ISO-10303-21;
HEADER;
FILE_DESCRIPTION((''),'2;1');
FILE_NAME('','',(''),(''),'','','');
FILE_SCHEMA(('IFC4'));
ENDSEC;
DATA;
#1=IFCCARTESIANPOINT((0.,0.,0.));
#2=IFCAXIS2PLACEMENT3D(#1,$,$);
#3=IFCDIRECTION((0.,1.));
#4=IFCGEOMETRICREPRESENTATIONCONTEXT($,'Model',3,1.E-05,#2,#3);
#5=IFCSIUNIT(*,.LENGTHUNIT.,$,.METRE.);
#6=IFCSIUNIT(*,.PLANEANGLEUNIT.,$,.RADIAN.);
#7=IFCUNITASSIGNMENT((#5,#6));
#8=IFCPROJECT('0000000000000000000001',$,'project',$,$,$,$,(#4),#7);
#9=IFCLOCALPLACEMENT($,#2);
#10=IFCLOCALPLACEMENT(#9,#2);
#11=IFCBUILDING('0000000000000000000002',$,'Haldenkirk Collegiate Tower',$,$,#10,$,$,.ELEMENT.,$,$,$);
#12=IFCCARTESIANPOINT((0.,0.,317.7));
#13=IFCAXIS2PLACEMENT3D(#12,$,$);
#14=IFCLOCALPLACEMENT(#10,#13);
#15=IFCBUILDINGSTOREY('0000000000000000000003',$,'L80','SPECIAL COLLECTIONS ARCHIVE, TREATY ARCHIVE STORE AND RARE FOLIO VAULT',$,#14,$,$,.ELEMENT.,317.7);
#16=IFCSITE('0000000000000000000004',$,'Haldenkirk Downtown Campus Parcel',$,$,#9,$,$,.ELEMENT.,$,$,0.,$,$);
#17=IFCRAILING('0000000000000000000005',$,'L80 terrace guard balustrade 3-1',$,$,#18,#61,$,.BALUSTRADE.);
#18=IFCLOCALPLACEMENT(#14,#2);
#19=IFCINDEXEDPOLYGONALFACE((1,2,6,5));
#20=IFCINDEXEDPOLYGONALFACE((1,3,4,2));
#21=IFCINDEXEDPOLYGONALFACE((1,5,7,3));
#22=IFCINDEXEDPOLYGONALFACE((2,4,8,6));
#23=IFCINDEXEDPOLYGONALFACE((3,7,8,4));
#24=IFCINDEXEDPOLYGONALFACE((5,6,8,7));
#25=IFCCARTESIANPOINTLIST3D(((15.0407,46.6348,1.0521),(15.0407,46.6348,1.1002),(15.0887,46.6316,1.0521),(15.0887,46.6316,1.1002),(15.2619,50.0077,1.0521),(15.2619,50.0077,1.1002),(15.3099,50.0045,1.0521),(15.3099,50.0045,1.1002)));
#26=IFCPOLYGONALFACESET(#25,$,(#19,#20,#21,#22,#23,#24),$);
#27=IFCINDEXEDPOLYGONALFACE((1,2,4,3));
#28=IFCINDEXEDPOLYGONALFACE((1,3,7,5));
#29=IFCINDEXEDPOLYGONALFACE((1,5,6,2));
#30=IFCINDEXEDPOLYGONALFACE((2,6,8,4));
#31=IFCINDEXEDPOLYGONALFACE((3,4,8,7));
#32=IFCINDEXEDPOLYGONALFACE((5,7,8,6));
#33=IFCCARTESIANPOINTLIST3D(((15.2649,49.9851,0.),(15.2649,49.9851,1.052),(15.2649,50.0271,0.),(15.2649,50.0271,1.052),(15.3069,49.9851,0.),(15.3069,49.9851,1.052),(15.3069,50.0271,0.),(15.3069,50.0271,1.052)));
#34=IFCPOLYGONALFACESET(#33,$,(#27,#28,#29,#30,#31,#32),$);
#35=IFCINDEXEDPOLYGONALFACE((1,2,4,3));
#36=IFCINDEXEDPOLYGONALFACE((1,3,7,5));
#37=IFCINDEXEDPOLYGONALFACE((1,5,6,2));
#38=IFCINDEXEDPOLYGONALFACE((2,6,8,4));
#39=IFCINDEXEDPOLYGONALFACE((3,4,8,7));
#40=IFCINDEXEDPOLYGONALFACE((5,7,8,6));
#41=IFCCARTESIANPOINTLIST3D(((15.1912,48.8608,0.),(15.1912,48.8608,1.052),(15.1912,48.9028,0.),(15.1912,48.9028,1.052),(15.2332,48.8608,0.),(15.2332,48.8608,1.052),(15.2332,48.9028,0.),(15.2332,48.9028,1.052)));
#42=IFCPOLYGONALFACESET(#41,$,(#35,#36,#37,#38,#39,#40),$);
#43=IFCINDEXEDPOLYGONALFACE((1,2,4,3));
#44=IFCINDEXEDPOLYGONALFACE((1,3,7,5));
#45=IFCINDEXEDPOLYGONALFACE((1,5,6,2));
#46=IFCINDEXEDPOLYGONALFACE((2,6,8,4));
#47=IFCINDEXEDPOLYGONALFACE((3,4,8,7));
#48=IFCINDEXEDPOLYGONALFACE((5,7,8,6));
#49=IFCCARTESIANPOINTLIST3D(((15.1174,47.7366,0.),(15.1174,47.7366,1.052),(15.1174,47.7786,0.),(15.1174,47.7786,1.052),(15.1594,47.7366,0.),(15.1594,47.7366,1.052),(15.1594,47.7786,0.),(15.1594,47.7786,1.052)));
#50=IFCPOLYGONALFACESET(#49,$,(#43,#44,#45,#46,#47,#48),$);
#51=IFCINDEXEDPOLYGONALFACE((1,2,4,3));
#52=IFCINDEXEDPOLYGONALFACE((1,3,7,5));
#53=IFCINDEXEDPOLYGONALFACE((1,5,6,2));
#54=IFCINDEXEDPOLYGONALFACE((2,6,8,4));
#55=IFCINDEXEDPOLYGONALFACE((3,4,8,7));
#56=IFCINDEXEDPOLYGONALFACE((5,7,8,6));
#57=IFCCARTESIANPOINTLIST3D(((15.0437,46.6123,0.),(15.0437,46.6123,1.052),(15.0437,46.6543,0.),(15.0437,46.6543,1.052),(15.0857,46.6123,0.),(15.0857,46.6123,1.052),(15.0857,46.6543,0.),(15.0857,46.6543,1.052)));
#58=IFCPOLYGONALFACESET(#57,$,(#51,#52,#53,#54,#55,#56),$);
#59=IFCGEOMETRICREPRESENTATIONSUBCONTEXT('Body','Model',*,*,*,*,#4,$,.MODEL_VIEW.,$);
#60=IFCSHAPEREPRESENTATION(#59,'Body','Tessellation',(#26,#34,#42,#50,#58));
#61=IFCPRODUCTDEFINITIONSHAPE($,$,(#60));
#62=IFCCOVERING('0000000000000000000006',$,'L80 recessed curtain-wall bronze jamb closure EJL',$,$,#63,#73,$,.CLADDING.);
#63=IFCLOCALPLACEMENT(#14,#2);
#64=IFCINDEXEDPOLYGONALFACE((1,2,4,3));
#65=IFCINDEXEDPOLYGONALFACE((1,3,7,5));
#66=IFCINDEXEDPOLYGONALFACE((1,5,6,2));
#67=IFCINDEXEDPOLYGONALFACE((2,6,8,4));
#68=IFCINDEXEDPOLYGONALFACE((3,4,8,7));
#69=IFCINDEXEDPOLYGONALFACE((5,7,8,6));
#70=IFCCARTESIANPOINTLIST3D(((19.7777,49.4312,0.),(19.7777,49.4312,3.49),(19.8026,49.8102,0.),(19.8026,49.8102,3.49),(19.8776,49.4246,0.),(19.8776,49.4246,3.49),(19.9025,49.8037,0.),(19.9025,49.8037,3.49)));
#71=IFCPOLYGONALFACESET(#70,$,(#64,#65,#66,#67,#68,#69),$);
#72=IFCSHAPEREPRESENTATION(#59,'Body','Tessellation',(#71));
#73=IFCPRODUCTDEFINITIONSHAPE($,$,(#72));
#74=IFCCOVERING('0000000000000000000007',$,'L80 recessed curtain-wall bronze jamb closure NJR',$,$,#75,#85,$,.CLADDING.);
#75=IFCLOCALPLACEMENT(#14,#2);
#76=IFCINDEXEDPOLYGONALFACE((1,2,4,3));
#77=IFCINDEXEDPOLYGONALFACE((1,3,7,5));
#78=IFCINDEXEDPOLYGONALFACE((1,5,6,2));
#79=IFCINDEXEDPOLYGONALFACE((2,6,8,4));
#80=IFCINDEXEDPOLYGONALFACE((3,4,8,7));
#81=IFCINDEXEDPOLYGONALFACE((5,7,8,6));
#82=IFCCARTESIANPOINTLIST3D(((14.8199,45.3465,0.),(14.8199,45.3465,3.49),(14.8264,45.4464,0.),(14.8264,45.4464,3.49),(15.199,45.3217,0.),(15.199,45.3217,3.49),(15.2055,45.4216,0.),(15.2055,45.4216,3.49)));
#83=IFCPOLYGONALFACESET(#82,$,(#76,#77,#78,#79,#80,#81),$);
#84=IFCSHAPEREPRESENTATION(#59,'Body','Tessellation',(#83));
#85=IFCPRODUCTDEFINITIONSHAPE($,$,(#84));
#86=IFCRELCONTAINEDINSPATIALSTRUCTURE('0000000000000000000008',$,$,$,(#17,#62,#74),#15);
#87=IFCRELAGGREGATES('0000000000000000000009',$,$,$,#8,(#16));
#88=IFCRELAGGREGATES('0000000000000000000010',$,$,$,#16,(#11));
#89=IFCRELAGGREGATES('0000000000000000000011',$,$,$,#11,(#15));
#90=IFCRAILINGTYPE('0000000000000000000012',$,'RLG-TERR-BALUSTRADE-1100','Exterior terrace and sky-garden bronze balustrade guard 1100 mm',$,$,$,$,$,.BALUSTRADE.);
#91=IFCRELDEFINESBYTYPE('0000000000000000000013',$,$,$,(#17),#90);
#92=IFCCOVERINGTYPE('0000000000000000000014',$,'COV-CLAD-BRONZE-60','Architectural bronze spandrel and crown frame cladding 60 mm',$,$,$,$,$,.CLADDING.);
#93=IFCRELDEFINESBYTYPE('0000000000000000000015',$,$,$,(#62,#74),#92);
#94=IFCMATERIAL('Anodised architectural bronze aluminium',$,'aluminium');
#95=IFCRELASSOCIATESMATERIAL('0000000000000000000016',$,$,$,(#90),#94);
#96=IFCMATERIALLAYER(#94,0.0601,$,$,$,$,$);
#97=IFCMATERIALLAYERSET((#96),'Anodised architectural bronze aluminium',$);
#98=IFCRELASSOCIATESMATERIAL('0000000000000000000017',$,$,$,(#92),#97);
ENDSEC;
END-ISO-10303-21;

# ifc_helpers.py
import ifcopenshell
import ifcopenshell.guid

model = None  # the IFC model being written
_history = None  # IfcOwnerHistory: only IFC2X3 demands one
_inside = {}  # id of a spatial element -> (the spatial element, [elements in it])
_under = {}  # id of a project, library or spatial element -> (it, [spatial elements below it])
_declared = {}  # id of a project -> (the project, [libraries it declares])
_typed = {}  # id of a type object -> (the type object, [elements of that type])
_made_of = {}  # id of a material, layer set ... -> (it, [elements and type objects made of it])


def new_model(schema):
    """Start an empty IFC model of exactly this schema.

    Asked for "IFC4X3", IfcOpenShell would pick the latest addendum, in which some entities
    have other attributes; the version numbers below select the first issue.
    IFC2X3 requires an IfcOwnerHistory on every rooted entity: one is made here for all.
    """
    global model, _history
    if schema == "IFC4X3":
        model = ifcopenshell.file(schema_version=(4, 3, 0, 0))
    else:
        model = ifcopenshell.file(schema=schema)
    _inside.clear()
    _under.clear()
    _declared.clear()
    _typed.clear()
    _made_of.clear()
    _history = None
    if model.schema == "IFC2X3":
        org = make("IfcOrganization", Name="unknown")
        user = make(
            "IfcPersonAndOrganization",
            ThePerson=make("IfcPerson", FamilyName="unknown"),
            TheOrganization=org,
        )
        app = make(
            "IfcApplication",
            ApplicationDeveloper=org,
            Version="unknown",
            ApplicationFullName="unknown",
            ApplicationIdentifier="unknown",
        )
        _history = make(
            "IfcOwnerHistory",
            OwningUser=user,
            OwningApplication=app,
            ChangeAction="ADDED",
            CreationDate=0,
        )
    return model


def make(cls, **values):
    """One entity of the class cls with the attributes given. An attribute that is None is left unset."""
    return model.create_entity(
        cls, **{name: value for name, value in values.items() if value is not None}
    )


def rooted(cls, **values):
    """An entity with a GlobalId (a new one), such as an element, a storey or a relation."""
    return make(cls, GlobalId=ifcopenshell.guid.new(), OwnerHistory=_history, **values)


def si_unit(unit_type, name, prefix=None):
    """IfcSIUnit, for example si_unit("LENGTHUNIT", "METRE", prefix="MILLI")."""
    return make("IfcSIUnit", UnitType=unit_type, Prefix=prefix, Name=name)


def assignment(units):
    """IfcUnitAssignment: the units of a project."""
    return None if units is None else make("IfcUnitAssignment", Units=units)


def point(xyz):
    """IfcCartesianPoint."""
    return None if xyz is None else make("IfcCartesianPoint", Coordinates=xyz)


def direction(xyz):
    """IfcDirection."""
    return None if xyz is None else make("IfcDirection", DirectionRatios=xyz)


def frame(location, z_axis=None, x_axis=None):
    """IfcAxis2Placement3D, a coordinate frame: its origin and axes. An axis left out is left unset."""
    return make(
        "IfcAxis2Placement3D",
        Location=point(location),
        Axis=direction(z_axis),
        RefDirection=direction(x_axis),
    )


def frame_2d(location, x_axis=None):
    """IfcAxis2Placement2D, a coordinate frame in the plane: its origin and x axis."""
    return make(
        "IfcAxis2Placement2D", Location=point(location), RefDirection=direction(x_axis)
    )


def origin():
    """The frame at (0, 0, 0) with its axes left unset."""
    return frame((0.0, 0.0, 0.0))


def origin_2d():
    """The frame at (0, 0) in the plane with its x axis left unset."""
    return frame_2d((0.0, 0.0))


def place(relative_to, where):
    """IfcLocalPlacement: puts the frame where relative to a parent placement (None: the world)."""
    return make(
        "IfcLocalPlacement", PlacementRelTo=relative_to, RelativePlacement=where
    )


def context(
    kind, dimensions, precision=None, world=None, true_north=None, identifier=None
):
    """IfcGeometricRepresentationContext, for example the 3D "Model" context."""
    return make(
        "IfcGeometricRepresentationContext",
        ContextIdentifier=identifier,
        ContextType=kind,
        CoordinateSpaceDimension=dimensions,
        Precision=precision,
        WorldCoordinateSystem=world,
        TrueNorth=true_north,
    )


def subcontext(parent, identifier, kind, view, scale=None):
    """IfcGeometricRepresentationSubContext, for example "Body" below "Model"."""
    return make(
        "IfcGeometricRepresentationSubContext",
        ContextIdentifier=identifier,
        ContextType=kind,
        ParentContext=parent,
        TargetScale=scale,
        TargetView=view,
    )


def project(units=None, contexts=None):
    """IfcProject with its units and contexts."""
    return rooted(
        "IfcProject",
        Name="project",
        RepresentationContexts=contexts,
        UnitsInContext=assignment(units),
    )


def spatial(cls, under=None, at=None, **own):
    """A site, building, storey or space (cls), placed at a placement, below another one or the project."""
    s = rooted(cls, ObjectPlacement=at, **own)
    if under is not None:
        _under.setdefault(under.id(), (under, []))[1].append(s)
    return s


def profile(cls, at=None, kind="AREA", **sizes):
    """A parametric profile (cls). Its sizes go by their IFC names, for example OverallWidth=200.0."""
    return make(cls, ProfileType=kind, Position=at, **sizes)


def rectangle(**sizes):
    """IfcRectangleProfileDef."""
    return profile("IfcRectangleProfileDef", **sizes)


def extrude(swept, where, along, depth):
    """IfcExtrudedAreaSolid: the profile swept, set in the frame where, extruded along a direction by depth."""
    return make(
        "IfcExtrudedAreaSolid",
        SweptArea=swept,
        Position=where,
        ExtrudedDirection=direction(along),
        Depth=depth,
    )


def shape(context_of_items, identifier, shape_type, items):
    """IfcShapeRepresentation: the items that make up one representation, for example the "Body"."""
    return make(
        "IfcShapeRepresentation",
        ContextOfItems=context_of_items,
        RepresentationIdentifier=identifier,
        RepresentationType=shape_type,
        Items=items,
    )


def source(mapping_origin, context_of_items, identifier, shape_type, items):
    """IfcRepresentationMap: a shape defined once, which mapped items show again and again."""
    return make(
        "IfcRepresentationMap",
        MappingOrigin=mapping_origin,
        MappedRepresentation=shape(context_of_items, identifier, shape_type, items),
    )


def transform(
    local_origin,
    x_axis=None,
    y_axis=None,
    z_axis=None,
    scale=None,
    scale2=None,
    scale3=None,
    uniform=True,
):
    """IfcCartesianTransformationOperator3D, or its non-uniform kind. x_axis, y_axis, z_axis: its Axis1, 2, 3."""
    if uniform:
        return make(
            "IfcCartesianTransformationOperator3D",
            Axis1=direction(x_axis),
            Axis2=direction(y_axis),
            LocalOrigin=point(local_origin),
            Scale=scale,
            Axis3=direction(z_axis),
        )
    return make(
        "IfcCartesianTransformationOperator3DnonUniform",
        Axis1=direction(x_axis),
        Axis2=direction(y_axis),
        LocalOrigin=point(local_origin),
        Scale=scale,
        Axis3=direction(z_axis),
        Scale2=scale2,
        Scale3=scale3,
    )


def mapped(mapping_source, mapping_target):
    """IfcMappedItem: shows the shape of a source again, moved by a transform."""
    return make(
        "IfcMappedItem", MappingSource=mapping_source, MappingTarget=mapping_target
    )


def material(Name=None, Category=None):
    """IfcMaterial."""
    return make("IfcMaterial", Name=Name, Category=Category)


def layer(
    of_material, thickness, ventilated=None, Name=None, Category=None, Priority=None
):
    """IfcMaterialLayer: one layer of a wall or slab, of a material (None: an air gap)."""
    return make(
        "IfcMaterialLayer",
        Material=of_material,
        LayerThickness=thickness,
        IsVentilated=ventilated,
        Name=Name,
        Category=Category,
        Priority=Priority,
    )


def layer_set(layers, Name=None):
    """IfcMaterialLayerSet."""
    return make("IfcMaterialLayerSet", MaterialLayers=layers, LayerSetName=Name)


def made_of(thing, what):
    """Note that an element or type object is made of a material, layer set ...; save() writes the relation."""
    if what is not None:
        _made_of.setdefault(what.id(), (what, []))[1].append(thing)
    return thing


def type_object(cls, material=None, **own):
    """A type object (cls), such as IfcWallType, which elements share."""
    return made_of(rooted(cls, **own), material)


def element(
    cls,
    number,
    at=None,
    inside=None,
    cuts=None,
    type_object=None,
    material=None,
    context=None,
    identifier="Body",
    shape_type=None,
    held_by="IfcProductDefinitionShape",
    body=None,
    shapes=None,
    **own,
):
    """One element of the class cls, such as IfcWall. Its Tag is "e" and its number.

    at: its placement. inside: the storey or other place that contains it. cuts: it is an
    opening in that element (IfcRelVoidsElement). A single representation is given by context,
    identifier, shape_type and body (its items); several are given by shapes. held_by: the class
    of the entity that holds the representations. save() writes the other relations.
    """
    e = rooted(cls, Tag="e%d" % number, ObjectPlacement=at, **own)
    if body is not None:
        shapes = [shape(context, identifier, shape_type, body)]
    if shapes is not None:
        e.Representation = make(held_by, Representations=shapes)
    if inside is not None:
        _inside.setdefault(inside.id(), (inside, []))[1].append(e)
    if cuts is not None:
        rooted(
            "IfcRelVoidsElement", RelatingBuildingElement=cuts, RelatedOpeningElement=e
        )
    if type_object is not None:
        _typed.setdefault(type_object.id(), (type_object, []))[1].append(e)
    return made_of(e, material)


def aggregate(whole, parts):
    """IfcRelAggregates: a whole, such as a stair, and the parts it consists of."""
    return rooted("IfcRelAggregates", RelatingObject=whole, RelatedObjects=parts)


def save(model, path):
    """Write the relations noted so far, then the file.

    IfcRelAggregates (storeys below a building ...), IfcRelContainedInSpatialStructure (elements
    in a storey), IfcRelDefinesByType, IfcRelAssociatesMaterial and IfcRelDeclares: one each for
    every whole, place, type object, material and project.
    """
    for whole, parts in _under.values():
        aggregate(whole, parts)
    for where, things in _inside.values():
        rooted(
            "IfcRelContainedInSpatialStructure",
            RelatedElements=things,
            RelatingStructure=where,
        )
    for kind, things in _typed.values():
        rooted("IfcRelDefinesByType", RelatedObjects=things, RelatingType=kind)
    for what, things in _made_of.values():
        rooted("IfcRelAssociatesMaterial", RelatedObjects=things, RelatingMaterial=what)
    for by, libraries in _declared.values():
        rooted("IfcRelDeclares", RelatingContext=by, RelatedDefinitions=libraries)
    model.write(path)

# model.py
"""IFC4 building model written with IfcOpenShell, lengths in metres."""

from ifc_helpers import new_model, si_unit, direction, frame, origin, origin_2d, place, context, subcontext, project, spatial, rectangle, extrude, source, transform, mapped, material, layer, layer_set, type_object, element, save


model = new_model("IFC4")

# Units and contexts
model_context = context("Model", 3, precision=1e-05, world=origin(), true_north=direction((0.0, 1.0)))
body_context = subcontext(model_context, "Body", "Model", "MODEL_VIEW")
ifc_project = project(units=[si_unit("LENGTHUNIT", "METRE"), si_unit("PLANEANGLEUNIT", "RADIAN")], contexts=[model_context])

# Site, building, storey
site_placement = place(None, origin())
site = spatial("IfcSite", under=ifc_project, at=site_placement, Name="Haldenkirk Downtown Campus Parcel", CompositionType="ELEMENT", RefElevation=0.0)
building_placement = place(site_placement, origin())
building = spatial("IfcBuilding", under=site, at=building_placement, Name="Haldenkirk Collegiate Tower", CompositionType="ELEMENT")
storey_placement = place(building_placement, frame((0.0, 0.0, 317.7)))
storey = spatial("IfcBuildingStorey", under=building, at=storey_placement, Name="L80", Description="SPECIAL COLLECTIONS ARCHIVE, TREATY ARCHIVE STORE AND RARE FOLIO VAULT", CompositionType="ELEMENT", Elevation=317.7)

# Shared definitions
ifc_material_1 = material(Name="Anodised architectural bronze aluminium", Category="aluminium")

# Railing
railing_type = type_object("IfcRailingType", Name="RLG-TERR-BALUSTRADE-1100", Description="Exterior terrace and sky-garden bronze balustrade guard 1100 mm", PredefinedType="BALUSTRADE", material=ifc_material_1)
railing_1_placement = place(storey_placement, frame((15.2859, 50.0061, 0.0)))
element("IfcRailing", 1, at=railing_1_placement, inside=storey, type_object=railing_type, Name="L80 terrace guard balustrade 3-1", PredefinedType="BALUSTRADE", context=body_context, shape_type="SweptSolid", body=[
    extrude(rectangle(XDim=0.0481, YDim=0.0481, at=origin_2d()), frame((0.0, 0.0, 1.0762), z_axis=(-0.06544, -0.997856, 0.0), x_axis=(0.997856, -0.06544, 0.0)), (0.0, 0.0, 1.0), 3.3801),
    extrude(rectangle(XDim=0.042, YDim=0.042, at=origin_2d()), origin(), (0.0, 0.0, 1.0), 1.052),
    extrude(rectangle(XDim=0.042, YDim=0.042, at=origin_2d()), frame((-0.0737, -1.1243, 0.0)), (0.0, 0.0, 1.0), 1.052),
    extrude(rectangle(XDim=0.042, YDim=0.042, at=origin_2d()), frame((-0.1475, -2.2485, 0.0)), (0.0, 0.0, 1.0), 1.052),
    extrude(rectangle(XDim=0.042, YDim=0.042, at=origin_2d()), frame((-0.2212, -3.3728, 0.0)), (0.0, 0.0, 1.0), 1.052),
])

# Coverings
ifc_layer_1 = layer(ifc_material_1, 0.0601)
ifc_layer_set_1 = layer_set([ifc_layer_1], Name="Anodised architectural bronze aluminium")
covering_type = type_object("IfcCoveringType", Name="COV-CLAD-BRONZE-60", Description="Architectural bronze spandrel and crown frame cladding 60 mm", PredefinedType="CLADDING", material=ifc_layer_set_1)
shared_shape_1 = source(origin(), body_context, "Body", "SweptSolid", [
    extrude(rectangle(XDim=0.1001, YDim=0.3799, at=origin_2d()), origin(), (0.0, 0.0, 1.0), 3.49),
])
for number, where, z_axis, x_axis, name in (
    (2, (19.8401, 49.6174, 0.0), (0.0, 0.0, 1.0), (0.997859, -0.065403, 0.0), "L80 recessed curtain-wall bronze jamb closure EJL"),
    (3, (15.0127, 45.384, 0.0), (0.0, 0.0, 1.0), (0.065403, 0.997859, 0.0), "L80 recessed curtain-wall bronze jamb closure NJR"),
):
    element("IfcCovering", number, at=place(storey_placement, frame(where, z_axis=z_axis, x_axis=x_axis)), inside=storey, type_object=covering_type, Name=name, PredefinedType="CLADDING", context=body_context, shape_type="MappedRepresentation", body=[
        mapped(shared_shape_1, transform((0.0, 0.0, 0.0), x_axis=(1.0, 0.0, 0.0), y_axis=(0.0, 1.0, 0.0), z_axis=(0.0, 0.0, 1.0), scale=1.0)),
    ])

save(model, "model.ifc")
